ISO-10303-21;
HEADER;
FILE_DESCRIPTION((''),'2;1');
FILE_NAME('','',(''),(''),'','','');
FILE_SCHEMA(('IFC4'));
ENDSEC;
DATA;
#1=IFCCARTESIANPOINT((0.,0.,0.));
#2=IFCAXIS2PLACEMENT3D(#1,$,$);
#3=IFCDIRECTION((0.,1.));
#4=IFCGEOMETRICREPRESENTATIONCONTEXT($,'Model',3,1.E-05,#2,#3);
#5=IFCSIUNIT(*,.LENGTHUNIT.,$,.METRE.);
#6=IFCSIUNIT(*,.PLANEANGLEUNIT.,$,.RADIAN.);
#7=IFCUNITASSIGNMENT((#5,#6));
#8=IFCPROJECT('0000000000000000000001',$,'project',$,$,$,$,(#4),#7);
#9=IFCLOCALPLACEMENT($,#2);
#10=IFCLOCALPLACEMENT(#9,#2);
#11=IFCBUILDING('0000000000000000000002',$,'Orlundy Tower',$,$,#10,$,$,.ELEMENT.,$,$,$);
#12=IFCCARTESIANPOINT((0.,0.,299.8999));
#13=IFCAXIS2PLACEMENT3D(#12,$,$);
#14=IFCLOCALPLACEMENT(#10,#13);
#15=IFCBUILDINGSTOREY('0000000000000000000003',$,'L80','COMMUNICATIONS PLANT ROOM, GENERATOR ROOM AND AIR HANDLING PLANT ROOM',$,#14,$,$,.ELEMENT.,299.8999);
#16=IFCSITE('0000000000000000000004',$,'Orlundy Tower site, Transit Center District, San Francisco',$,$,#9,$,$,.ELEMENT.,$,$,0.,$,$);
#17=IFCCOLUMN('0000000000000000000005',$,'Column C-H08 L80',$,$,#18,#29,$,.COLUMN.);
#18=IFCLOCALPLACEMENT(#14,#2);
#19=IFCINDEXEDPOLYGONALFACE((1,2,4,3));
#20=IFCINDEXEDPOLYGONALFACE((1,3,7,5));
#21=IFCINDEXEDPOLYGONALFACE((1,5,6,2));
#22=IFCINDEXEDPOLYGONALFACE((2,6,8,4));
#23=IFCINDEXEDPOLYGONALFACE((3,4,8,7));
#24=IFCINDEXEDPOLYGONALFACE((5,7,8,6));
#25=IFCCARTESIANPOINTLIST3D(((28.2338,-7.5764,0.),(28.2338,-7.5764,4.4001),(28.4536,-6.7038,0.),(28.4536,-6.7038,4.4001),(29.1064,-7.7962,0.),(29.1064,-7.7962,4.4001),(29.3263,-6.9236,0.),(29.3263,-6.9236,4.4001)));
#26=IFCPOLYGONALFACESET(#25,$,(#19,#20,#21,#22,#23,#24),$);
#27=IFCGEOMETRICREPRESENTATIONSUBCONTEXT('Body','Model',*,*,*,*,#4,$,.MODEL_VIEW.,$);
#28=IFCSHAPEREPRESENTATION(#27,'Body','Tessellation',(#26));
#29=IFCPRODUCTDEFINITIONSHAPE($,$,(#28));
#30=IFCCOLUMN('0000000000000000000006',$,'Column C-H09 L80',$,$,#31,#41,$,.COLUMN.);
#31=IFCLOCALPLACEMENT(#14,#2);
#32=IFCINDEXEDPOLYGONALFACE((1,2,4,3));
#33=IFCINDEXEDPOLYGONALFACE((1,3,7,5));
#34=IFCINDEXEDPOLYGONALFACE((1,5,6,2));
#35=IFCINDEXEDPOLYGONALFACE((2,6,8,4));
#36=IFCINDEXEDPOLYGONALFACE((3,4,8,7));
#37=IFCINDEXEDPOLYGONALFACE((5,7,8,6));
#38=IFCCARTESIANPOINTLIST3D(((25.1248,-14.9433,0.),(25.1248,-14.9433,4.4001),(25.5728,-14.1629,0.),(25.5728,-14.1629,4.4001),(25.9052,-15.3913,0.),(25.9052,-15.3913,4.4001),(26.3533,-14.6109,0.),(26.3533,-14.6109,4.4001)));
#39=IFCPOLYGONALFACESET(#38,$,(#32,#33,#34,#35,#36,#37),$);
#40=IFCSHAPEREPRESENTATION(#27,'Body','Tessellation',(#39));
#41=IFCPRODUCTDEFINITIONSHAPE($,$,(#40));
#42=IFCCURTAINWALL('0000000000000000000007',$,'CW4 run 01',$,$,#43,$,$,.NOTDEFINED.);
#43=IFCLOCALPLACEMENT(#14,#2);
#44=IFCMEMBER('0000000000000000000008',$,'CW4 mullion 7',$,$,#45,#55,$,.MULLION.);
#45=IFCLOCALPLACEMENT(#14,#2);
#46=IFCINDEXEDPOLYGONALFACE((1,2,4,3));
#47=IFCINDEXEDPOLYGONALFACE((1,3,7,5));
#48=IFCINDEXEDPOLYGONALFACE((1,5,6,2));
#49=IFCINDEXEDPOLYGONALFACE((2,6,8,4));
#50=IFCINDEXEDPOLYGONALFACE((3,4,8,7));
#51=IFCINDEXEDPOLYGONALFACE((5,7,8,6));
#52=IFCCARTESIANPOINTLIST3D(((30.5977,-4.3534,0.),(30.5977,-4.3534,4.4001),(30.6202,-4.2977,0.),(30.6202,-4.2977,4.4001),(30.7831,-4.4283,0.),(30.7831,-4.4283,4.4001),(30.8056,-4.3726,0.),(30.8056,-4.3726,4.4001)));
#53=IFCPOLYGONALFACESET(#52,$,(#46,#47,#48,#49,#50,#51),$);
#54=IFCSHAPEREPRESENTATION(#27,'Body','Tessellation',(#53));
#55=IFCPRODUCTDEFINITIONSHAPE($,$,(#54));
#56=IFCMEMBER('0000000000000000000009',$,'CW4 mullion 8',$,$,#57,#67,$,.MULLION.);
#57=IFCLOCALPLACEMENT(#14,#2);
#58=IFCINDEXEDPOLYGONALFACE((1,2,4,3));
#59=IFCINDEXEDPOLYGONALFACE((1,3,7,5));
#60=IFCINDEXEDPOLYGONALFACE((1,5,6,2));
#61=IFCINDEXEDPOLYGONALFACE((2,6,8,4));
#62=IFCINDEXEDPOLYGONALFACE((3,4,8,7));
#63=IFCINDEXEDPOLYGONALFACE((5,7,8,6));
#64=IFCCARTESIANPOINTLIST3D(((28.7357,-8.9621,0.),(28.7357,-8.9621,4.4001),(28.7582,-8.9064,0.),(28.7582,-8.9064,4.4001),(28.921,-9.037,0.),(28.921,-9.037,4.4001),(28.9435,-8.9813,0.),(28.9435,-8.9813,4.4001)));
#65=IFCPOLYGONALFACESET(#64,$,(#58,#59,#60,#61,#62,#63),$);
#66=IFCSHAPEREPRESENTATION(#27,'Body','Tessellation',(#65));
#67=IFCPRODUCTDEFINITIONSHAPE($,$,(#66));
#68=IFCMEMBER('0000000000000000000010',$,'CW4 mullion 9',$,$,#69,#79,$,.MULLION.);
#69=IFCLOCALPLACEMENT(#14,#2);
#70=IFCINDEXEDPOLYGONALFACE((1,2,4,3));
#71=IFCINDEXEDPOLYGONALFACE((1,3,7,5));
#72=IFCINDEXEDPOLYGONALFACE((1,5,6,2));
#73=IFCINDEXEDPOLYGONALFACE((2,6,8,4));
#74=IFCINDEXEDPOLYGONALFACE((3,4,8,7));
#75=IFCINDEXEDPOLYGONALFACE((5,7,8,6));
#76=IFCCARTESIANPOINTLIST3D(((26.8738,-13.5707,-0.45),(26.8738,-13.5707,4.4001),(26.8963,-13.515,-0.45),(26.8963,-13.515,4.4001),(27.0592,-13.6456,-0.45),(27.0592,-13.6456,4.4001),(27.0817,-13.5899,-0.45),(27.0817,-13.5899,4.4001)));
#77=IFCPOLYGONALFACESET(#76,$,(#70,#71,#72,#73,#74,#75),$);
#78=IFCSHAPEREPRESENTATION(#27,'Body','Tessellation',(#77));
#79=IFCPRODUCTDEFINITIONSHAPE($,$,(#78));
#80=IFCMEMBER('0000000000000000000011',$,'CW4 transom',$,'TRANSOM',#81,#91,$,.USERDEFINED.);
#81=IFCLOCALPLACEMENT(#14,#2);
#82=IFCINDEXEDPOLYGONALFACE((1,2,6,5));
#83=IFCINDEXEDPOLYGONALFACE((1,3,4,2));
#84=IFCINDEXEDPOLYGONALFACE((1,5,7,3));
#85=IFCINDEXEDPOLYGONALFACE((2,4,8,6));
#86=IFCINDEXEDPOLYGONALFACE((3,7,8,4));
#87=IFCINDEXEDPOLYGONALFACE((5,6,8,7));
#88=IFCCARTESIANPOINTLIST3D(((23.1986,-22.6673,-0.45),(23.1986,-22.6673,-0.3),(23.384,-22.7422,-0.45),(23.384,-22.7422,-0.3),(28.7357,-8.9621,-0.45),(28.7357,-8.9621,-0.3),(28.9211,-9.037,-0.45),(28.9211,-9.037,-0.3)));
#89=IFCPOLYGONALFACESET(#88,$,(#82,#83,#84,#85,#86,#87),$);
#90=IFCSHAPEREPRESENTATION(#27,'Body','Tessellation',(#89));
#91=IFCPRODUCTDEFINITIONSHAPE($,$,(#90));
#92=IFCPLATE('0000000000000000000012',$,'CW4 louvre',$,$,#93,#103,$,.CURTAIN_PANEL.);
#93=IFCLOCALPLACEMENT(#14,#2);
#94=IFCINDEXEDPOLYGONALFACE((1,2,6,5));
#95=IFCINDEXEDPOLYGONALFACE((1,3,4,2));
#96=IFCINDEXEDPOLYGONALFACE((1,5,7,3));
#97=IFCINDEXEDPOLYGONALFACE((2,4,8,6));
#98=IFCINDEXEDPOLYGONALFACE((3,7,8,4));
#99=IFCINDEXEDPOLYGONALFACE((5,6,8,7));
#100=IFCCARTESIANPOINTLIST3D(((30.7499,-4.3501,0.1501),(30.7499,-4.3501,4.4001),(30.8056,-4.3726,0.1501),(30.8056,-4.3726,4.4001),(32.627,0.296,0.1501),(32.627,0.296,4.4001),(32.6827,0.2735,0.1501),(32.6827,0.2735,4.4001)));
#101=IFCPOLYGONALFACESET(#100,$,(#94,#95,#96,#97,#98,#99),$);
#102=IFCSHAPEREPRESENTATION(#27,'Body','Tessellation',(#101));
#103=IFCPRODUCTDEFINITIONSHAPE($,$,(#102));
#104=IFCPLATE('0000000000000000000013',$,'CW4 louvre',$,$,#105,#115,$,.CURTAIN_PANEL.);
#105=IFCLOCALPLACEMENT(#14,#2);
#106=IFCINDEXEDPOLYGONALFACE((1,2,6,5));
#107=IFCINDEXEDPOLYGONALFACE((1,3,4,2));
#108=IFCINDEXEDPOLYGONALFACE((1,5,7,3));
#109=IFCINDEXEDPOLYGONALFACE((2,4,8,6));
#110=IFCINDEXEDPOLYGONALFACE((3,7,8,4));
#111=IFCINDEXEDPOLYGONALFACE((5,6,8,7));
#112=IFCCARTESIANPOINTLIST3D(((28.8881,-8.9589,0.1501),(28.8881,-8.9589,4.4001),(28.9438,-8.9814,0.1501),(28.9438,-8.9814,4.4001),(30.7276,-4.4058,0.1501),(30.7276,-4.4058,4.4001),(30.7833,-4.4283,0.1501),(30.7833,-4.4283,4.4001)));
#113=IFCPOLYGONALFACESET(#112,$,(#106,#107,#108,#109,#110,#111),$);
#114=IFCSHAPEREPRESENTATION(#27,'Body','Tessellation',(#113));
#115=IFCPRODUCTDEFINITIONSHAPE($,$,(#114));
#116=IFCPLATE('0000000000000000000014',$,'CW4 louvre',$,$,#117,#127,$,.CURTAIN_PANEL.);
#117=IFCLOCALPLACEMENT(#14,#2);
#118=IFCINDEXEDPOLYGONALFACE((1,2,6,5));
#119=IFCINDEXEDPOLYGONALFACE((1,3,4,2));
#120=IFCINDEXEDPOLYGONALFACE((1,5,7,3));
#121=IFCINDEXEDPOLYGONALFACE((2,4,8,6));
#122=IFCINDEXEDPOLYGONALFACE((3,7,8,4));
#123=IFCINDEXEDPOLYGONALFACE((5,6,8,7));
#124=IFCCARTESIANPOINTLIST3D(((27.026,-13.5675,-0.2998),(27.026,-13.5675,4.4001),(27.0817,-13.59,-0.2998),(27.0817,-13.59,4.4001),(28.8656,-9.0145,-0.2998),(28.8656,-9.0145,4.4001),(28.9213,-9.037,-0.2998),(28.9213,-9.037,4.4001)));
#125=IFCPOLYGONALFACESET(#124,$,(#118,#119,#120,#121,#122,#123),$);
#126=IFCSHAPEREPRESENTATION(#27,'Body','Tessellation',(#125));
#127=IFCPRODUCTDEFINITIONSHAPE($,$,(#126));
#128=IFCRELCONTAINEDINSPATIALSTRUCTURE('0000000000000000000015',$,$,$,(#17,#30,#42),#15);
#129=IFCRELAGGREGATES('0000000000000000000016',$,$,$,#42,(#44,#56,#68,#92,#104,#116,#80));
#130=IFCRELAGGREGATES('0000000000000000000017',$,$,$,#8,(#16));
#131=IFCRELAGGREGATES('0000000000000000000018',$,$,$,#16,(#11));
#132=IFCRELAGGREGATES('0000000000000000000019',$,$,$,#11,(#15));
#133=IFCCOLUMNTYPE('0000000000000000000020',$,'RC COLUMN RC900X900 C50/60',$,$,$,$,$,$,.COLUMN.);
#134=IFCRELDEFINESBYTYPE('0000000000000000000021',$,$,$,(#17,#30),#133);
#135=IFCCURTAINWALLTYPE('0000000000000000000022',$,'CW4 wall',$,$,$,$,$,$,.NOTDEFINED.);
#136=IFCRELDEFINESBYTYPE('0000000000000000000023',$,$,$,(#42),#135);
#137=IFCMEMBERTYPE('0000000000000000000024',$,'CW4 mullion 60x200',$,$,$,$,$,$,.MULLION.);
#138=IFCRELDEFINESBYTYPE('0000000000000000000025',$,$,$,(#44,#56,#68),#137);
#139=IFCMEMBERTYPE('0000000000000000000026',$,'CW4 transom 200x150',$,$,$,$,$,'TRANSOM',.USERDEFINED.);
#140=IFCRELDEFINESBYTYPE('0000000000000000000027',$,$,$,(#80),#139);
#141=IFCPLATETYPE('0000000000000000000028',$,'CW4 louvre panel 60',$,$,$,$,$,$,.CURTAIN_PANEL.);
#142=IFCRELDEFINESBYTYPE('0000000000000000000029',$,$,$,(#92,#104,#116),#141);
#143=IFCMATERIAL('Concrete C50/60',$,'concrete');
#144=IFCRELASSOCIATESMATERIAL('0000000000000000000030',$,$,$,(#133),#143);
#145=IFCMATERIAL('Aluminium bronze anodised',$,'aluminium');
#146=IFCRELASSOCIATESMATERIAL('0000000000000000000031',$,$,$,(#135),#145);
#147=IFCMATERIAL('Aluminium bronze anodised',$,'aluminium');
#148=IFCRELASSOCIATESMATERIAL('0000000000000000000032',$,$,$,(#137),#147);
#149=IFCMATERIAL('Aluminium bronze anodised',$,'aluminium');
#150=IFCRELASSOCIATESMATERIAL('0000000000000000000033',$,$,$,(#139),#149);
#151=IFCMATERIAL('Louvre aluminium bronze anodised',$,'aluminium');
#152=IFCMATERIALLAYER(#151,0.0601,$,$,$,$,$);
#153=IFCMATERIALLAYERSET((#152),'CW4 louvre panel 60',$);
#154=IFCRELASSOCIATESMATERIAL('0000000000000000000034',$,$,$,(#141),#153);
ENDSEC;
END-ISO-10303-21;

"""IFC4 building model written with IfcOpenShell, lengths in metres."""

from ifc_helpers import new_model, si_unit, direction, frame, origin, origin_2d, place, context, subcontext, project, spatial, rectangle, extrude, material, layer, layer_set, material_profile, profile_set, type_object, element, aggregate, save


model = new_model("IFC4")

# Units and contexts
model_context = context("Model", 3, precision=1e-05, world=origin(), true_north=direction((0.0, 1.0)))
body_context = subcontext(model_context, "Body", "Model", "MODEL_VIEW")
ifc_project = project(units=[si_unit("LENGTHUNIT", "METRE"), si_unit("PLANEANGLEUNIT", "RADIAN")], contexts=[model_context])

# Site, building, storey
site_placement = place(None, origin())
site = spatial("IfcSite", under=ifc_project, at=site_placement, Name="Orlundy Tower site, Transit Center District, San Francisco", CompositionType="ELEMENT", RefElevation=0.0)
building_placement = place(site_placement, origin())
building = spatial("IfcBuilding", under=site, at=building_placement, Name="Orlundy Tower", CompositionType="ELEMENT")
storey_placement = place(building_placement, frame((0.0, 0.0, 299.8999)))
storey = spatial("IfcBuildingStorey", under=building, at=storey_placement, Name="L80", Description="COMMUNICATIONS PLANT ROOM, GENERATOR ROOM AND AIR HANDLING PLANT ROOM", CompositionType="ELEMENT", Elevation=299.8999)

# Columns
ifc_material_1 = material(Name="Concrete C50/60", Category="concrete")
ifc_material_profile_1 = material_profile(ifc_material_1, rectangle(XDim=0.8999, YDim=0.8999, at=origin_2d()), Name="RC900X900")
ifc_profile_set_1 = profile_set([ifc_material_profile_1], Name="Concrete C50/60")
column_type = type_object("IfcColumnType", Name="RC COLUMN RC900X900 C50/60", PredefinedType="COLUMN", material=ifc_profile_set_1)
for number, where, z_axis, x_axis, name in (
    (1, (28.78, -7.25, 0.0), (0.0, 0.0, 1.0), (0.969706, -0.244275, 0.0), "Column C-H08 L80"),
    (2, (25.739, -14.7771, 0.0), (0.0, 0.0, 1.0), (0.867236, -0.497898, 0.0), "Column C-H09 L80"),
):
    element("IfcColumn", number, at=place(storey_placement, frame(where, z_axis=z_axis, x_axis=x_axis)), inside=storey, type_object=column_type, Name=name, PredefinedType="COLUMN", context=body_context, shape_type="SweptSolid", body=[
        extrude(rectangle(XDim=0.8999, YDim=0.8999, at=origin_2d()), origin(), (0.0, 0.0, 1.0), 4.4001),
    ])

# Curtain wall, members, plates
ifc_material_2 = material(Name="Aluminium bronze anodised", Category="aluminium")
curtain_wall_type = type_object("IfcCurtainWallType", Name="CW4 wall", PredefinedType="NOTDEFINED", material=ifc_material_2)
curtain_wall_placement = place(storey_placement, origin())
curtain_wall = element("IfcCurtainWall", 3, at=curtain_wall_placement, inside=storey, type_object=curtain_wall_type, Name="CW4 run 01", PredefinedType="NOTDEFINED")
ifc_material_3 = material(Name="Aluminium bronze anodised", Category="aluminium")
ifc_material_profile_2 = material_profile(ifc_material_3, rectangle(XDim=0.2, YDim=0.0601, at=origin_2d()), Name="CW4 mullion 60x200")
ifc_profile_set_2 = profile_set([ifc_material_profile_2], Name="Aluminium bronze anodised")
member_type_1 = type_object("IfcMemberType", Name="CW4 mullion 60x200", PredefinedType="MULLION", material=ifc_profile_set_2)
member_1_placement = place(storey_placement, frame((30.7017, -4.363, 0.0), z_axis=(0.0, 0.0, 1.0), x_axis=(0.927184, -0.374607, 0.0)))
member_1 = element("IfcMember", 4, at=member_1_placement, type_object=member_type_1, Name="CW4 mullion 7", PredefinedType="MULLION", context=body_context, shape_type="SweptSolid", body=[
    extrude(rectangle(XDim=0.2, YDim=0.0601, at=origin_2d()), origin(), (0.0, 0.0, 1.0), 4.4001),
])
member_2_placement = place(storey_placement, frame((28.8396, -8.9717, 0.0), z_axis=(0.0, 0.0, 1.0), x_axis=(0.927184, -0.374607, 0.0)))
member_2 = element("IfcMember", 5, at=member_2_placement, type_object=member_type_1, Name="CW4 mullion 8", PredefinedType="MULLION", context=body_context, shape_type="SweptSolid", body=[
    extrude(rectangle(XDim=0.2, YDim=0.0601, at=origin_2d()), origin(), (0.0, 0.0, 1.0), 4.4001),
])
member_3_placement = place(storey_placement, frame((26.9778, -13.5803, -0.45), z_axis=(0.0, 0.0, 1.0), x_axis=(0.927184, -0.374607, 0.0)))
member_3 = element("IfcMember", 6, at=member_3_placement, type_object=member_type_1, Name="CW4 mullion 9", PredefinedType="MULLION", context=body_context, shape_type="SweptSolid", body=[
    extrude(rectangle(XDim=0.2, YDim=0.0601, at=origin_2d()), origin(), (0.0, 0.0, 1.0), 4.8501),
])
ifc_material_4 = material(Name="Aluminium bronze anodised", Category="aluminium")
ifc_material_profile_3 = material_profile(ifc_material_4, rectangle(XDim=0.2, YDim=0.1499, at=origin_2d()), Name="CW4 transom 200x150")
ifc_profile_set_3 = profile_set([ifc_material_profile_3], Name="Aluminium bronze anodised")
member_type_2 = type_object("IfcMemberType", Name="CW4 transom 200x150", ElementType="TRANSOM", PredefinedType="USERDEFINED", material=ifc_profile_set_3)
member_4_placement = place(storey_placement, frame((28.8284, -8.9995, -0.375), z_axis=(-0.374595, -0.927189, 0.0), x_axis=(0.927189, -0.374595, 0.0)))
member_4 = element("IfcMember", 7, at=member_4_placement, type_object=member_type_2, Name="CW4 transom", ObjectType="TRANSOM", PredefinedType="USERDEFINED", context=body_context, shape_type="SweptSolid", body=[
    extrude(rectangle(XDim=0.2, YDim=0.1499, at=origin_2d()), origin(), (0.0, 0.0, 1.0), 14.7815),
])
ifc_material_5 = material(Name="Louvre aluminium bronze anodised", Category="aluminium")
ifc_layer_1 = layer(ifc_material_5, 0.0601)
ifc_layer_set_1 = layer_set([ifc_layer_1], Name="CW4 louvre panel 60")
plate_type = type_object("IfcPlateType", Name="CW4 louvre panel 60", PredefinedType="CURTAIN_PANEL", material=ifc_layer_set_1)
plate_1_placement = place(storey_placement, frame((31.7163, -2.0383, 0.1501), z_axis=(0.0, 0.0, 1.0), x_axis=(-0.374607, -0.927184, 0.0)))
plate_1 = element("IfcPlate", 8, at=plate_1_placement, type_object=plate_type, Name="CW4 louvre", PredefinedType="CURTAIN_PANEL", context=body_context, shape_type="SweptSolid", body=[
    extrude(rectangle(XDim=5.011, YDim=0.0601, at=origin_2d()), origin(), (0.0, 0.0, 1.0), 4.25),
])
plate_2_placement = place(storey_placement, frame((29.8357, -6.6936, 0.1501), z_axis=(0.0, 0.0, 1.0), x_axis=(-0.374607, -0.927184, 0.0)))
plate_2 = element("IfcPlate", 9, at=plate_2_placement, type_object=plate_type, Name="CW4 louvre", PredefinedType="CURTAIN_PANEL", context=body_context, shape_type="SweptSolid", body=[
    extrude(rectangle(XDim=4.9106, YDim=0.0601, at=origin_2d()), origin(), (0.0, 0.0, 1.0), 4.25),
])
plate_3_placement = place(storey_placement, frame((27.9736, -11.3022, -0.2998), z_axis=(0.0, 0.0, 1.0), x_axis=(-0.374607, -0.927184, 0.0)))
plate_3 = element("IfcPlate", 10, at=plate_3_placement, type_object=plate_type, Name="CW4 louvre", PredefinedType="CURTAIN_PANEL", context=body_context, shape_type="SweptSolid", body=[
    extrude(rectangle(XDim=4.9106, YDim=0.0601, at=origin_2d()), origin(), (0.0, 0.0, 1.0), 4.7),
])
aggregate(curtain_wall, [member_1, member_2, member_3, plate_1, plate_2, plate_3, member_4])

save(model, "model.ifc")
